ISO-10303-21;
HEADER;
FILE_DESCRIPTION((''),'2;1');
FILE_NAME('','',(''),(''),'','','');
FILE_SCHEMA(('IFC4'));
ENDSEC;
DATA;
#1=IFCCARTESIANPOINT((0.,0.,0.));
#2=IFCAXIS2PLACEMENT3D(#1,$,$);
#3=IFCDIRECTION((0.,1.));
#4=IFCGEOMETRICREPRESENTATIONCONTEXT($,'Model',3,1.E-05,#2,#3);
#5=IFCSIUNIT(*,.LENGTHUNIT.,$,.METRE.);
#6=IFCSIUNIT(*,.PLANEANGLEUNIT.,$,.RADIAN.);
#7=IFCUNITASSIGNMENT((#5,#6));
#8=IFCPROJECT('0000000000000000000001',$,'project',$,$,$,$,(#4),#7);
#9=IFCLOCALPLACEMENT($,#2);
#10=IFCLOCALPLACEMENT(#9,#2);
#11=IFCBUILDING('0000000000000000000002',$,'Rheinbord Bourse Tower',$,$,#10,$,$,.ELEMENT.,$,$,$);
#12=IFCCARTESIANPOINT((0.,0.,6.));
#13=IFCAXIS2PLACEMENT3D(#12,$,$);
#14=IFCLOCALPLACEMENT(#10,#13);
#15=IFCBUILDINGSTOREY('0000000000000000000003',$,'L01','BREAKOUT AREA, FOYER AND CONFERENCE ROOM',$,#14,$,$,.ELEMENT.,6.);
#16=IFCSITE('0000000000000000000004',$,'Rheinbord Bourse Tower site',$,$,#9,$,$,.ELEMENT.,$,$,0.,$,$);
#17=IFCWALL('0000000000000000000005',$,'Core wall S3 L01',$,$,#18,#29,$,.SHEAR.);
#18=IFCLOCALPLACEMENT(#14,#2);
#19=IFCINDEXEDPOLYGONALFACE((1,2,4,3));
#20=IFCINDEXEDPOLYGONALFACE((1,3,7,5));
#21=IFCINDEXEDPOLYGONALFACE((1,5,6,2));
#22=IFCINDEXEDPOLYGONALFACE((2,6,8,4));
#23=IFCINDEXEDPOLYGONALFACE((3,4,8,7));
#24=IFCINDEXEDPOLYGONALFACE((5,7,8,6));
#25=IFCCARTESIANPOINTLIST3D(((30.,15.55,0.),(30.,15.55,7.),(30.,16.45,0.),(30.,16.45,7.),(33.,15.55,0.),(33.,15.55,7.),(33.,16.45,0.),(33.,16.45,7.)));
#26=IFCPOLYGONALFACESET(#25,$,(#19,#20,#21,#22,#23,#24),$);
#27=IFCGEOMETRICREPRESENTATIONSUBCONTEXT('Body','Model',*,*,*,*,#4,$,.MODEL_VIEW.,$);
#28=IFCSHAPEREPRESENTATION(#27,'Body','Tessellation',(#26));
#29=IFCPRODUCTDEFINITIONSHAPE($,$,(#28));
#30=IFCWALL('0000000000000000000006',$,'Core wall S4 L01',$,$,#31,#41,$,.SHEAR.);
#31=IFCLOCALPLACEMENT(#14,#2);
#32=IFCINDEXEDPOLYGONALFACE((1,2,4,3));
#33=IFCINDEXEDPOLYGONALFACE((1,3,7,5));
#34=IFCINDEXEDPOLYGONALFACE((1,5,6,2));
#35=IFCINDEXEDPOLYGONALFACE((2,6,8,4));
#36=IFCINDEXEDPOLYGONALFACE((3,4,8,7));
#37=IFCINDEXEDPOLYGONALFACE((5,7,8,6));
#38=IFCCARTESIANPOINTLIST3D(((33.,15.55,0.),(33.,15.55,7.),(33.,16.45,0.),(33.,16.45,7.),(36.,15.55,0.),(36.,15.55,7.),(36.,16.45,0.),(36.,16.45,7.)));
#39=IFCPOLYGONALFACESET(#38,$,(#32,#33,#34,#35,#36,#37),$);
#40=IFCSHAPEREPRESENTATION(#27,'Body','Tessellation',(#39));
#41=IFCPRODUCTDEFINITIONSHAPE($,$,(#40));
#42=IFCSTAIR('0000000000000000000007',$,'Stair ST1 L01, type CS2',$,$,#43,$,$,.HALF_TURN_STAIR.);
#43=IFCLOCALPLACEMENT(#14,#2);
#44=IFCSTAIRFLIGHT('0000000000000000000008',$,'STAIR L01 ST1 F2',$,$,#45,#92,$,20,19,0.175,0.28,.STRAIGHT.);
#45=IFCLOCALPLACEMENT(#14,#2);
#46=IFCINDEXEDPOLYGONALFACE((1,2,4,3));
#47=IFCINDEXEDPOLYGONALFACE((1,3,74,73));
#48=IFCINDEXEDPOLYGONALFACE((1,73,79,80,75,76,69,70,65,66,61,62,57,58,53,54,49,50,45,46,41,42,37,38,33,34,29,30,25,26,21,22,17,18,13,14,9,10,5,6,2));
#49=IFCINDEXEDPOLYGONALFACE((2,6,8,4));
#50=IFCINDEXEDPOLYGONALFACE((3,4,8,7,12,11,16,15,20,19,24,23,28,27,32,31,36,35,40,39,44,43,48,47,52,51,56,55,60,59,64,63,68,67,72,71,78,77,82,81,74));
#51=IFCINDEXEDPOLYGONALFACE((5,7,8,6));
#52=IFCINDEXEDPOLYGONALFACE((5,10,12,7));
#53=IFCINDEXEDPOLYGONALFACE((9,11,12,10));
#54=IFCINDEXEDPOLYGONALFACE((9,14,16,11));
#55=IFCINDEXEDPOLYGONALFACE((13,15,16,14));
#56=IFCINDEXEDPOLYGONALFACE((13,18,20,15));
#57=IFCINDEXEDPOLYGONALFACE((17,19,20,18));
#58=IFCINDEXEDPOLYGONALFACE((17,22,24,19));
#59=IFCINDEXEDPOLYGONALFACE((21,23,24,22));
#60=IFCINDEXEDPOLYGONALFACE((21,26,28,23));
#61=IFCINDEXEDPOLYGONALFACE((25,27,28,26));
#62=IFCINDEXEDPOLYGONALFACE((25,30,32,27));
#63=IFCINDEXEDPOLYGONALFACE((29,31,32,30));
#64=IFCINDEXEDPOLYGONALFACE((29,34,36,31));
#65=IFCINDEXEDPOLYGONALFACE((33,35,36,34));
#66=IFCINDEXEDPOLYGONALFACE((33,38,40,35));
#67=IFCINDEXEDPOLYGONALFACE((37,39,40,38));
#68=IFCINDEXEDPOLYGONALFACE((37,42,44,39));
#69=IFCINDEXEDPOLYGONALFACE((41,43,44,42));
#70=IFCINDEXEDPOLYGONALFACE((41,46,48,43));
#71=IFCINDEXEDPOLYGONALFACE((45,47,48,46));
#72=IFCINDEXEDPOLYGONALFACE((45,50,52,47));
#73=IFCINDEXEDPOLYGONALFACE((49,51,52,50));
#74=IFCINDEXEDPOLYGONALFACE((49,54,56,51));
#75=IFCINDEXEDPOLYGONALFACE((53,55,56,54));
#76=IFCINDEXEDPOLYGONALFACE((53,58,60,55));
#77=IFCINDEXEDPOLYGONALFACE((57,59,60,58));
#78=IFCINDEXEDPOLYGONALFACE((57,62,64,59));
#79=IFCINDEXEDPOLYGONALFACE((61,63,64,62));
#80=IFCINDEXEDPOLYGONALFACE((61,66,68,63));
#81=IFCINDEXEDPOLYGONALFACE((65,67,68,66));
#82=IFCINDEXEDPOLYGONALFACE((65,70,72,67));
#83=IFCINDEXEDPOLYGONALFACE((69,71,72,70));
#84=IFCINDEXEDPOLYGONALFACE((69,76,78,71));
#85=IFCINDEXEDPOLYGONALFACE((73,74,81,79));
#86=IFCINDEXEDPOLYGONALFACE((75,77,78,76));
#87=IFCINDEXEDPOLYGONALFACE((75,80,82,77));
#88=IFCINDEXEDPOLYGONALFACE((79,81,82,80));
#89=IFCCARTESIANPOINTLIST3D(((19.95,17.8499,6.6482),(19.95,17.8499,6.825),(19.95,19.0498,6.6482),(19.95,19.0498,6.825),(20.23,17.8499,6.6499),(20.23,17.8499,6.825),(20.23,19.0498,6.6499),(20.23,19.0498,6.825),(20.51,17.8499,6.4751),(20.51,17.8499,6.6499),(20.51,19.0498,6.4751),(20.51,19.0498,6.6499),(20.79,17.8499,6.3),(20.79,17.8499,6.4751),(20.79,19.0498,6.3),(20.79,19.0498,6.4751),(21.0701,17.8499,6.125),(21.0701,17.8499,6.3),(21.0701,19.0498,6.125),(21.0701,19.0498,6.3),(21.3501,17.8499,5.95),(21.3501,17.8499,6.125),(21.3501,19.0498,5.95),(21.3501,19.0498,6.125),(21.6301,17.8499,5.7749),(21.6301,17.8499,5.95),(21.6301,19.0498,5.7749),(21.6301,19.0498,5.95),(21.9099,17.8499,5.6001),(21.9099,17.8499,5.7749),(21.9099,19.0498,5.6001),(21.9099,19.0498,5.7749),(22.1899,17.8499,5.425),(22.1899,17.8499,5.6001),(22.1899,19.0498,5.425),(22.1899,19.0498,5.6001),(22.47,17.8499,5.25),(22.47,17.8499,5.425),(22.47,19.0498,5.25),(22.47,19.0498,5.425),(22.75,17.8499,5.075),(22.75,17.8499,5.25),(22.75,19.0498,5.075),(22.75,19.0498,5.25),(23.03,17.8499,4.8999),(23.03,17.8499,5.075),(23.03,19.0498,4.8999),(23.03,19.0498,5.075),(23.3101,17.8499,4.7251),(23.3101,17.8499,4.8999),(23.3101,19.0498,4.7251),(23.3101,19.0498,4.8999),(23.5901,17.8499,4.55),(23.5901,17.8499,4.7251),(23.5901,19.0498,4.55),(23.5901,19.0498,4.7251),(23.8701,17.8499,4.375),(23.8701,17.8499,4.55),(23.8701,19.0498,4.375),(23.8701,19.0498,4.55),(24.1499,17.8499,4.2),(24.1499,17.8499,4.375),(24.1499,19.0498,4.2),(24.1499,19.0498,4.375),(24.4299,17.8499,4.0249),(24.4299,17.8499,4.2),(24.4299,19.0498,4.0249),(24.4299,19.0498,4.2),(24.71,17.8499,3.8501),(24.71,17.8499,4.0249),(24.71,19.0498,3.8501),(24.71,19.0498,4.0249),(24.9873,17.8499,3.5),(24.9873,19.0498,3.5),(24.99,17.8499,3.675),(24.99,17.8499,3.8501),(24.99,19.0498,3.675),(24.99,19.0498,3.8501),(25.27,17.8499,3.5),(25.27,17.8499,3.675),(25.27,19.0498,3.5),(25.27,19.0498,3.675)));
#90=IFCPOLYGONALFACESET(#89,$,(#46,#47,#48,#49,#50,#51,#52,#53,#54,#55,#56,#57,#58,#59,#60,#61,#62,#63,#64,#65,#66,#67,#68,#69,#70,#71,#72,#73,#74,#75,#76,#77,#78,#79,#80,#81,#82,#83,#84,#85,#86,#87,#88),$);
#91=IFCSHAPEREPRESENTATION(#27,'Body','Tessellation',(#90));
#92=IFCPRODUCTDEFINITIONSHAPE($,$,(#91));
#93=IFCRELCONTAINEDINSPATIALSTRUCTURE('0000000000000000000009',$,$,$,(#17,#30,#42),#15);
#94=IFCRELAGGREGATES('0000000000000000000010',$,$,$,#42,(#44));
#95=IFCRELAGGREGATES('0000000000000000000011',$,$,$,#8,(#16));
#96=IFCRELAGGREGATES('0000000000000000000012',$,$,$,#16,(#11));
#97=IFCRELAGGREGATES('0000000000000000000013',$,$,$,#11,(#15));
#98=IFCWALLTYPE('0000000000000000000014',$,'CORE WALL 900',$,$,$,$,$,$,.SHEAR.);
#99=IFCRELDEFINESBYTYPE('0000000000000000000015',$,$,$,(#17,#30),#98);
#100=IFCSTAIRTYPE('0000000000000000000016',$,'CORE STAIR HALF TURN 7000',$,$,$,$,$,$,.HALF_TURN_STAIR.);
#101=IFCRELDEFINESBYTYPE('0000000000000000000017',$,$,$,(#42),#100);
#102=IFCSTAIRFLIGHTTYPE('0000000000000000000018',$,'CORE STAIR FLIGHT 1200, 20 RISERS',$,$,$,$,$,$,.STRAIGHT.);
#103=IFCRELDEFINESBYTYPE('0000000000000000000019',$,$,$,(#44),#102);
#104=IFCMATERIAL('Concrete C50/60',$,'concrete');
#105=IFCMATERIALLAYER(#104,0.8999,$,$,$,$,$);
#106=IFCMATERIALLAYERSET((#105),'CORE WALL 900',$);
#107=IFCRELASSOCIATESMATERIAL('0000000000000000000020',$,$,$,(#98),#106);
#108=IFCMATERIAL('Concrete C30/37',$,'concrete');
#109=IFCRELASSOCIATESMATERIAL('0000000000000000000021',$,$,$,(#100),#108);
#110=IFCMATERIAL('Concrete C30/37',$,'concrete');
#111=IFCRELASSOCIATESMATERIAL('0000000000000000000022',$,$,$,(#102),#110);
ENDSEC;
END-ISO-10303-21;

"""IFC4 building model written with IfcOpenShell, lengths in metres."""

from ifc_helpers import new_model, si_unit, direction, frame, frame_2d, origin, place, context, subcontext, project, spatial, polyline, rectangle, outline, extrude, material, layer, layer_set, type_object, element, aggregate, save


model = new_model("IFC4")

# Units and contexts
model_context = context("Model", 3, precision=1e-05, world=origin(), true_north=direction((0.0, 1.0)))
body_context = subcontext(model_context, "Body", "Model", "MODEL_VIEW")
ifc_project = project(units=[si_unit("LENGTHUNIT", "METRE"), si_unit("PLANEANGLEUNIT", "RADIAN")], contexts=[model_context])

# Site, building, storey
site_placement = place(None, origin())
site = spatial("IfcSite", under=ifc_project, at=site_placement, Name="Rheinbord Bourse Tower site", CompositionType="ELEMENT", RefElevation=0.0)
building_placement = place(site_placement, origin())
building = spatial("IfcBuilding", under=site, at=building_placement, Name="Rheinbord Bourse Tower", CompositionType="ELEMENT")
storey_placement = place(building_placement, frame((0.0, 0.0, 6.0)))
storey = spatial("IfcBuildingStorey", under=building, at=storey_placement, Name="L01", Description="BREAKOUT AREA, FOYER AND CONFERENCE ROOM", CompositionType="ELEMENT", Elevation=6.0)

# Walls
ifc_material_1 = material(Name="Concrete C50/60", Category="concrete")
ifc_layer_1 = layer(ifc_material_1, 0.8999)
ifc_layer_set_1 = layer_set([ifc_layer_1], Name="CORE WALL 900")
wall_type_1 = type_object("IfcWallType", Name="CORE WALL 900", PredefinedType="SHEAR", material=ifc_layer_set_1)
for number, where, z_axis, x_axis, name in (
    (1, (30.0, 16.0, 0.0), (0.0, 0.0, 1.0), (1.0, 0.0, 0.0), "Core wall S3 L01"),
    (2, (33.0, 16.0, 0.0), (0.0, 0.0, 1.0), (1.0, 0.0, 0.0), "Core wall S4 L01"),
):
    element("IfcWall", number, at=place(storey_placement, frame(where, z_axis=z_axis, x_axis=x_axis)), inside=storey, type_object=wall_type_1, Name=name, PredefinedType="SHEAR", context=body_context, shape_type="SweptSolid", body=[
        extrude(rectangle(XDim=3.0, YDim=0.8999, at=frame_2d((1.5, 0.0))), origin(), (0.0, 0.0, 1.0), 7.0),
    ])

# Stair, stair flight
ifc_material_2 = material(Name="Concrete C30/37", Category="concrete")
stair_type = type_object("IfcStairType", Name="CORE STAIR HALF TURN 7000", PredefinedType="HALF_TURN_STAIR", material=ifc_material_2)
stair_placement = place(storey_placement, origin())
stair = element("IfcStair", 3, at=stair_placement, inside=storey, type_object=stair_type, Name="Stair ST1 L01, type CS2", PredefinedType="HALF_TURN_STAIR")
ifc_material_3 = material(Name="Concrete C30/37", Category="concrete")
stair_flight_type = type_object("IfcStairFlightType", Name="CORE STAIR FLIGHT 1200, 20 RISERS", PredefinedType="STRAIGHT", material=ifc_material_3)
stair_flight_placement = place(storey_placement, frame((25.27, 18.45, 3.5), z_axis=(0.0, 0.0, 1.0), x_axis=(-1.0, 0.0, 0.0)))
stair_flight = element("IfcStairFlight", 4, at=stair_flight_placement, type_object=stair_flight_type, Name="STAIR L01 ST1 F2", NumberOfRisers=20, NumberOfTreads=19, PredefinedType="STRAIGHT", RiserHeight=0.175, TreadLength=0.28, context=body_context, shape_type="SweptSolid", body=[
    extrude(outline(polyline([(0.0, 0.0), (0.0, 0.175), (0.28, 0.175), (0.28, 0.3501), (0.5601, 0.3501), (0.5601, 0.5249), (0.8401, 0.5249), (0.8401, 0.7), (1.1201, 0.7), (1.1201, 0.875), (1.3999, 0.875), (1.3999, 1.05), (1.6799, 1.05), (1.6799, 1.2251), (1.96, 1.2251), (1.96, 1.3999), (2.24, 1.3999), (2.24, 1.575), (2.52, 1.575), (2.52, 1.75), (2.8, 1.75), (2.8, 1.925), (3.0801, 1.925), (3.0801, 2.1001), (3.3601, 2.1001), (3.3601, 2.2749), (3.6399, 2.2749), (3.6399, 2.45), (3.9199, 2.45), (3.9199, 2.625), (4.2, 2.625), (4.2, 2.8), (4.48, 2.8), (4.48, 2.9751), (4.76, 2.9751), (4.76, 3.1499), (5.04, 3.1499), (5.04, 3.325), (5.3201, 3.325), (5.3201, 3.5), (5.3201, 3.1482), (0.2827, 0.0), (0.0, 0.0)])), frame((0.0, 0.6001, 0.0), z_axis=(0.0, -1.0, 0.0), x_axis=(1.0, 0.0, 0.0)), (0.0, 0.0, 1.0), 1.2),
])
aggregate(stair, [stair_flight])

save(model, "model.ifc")
